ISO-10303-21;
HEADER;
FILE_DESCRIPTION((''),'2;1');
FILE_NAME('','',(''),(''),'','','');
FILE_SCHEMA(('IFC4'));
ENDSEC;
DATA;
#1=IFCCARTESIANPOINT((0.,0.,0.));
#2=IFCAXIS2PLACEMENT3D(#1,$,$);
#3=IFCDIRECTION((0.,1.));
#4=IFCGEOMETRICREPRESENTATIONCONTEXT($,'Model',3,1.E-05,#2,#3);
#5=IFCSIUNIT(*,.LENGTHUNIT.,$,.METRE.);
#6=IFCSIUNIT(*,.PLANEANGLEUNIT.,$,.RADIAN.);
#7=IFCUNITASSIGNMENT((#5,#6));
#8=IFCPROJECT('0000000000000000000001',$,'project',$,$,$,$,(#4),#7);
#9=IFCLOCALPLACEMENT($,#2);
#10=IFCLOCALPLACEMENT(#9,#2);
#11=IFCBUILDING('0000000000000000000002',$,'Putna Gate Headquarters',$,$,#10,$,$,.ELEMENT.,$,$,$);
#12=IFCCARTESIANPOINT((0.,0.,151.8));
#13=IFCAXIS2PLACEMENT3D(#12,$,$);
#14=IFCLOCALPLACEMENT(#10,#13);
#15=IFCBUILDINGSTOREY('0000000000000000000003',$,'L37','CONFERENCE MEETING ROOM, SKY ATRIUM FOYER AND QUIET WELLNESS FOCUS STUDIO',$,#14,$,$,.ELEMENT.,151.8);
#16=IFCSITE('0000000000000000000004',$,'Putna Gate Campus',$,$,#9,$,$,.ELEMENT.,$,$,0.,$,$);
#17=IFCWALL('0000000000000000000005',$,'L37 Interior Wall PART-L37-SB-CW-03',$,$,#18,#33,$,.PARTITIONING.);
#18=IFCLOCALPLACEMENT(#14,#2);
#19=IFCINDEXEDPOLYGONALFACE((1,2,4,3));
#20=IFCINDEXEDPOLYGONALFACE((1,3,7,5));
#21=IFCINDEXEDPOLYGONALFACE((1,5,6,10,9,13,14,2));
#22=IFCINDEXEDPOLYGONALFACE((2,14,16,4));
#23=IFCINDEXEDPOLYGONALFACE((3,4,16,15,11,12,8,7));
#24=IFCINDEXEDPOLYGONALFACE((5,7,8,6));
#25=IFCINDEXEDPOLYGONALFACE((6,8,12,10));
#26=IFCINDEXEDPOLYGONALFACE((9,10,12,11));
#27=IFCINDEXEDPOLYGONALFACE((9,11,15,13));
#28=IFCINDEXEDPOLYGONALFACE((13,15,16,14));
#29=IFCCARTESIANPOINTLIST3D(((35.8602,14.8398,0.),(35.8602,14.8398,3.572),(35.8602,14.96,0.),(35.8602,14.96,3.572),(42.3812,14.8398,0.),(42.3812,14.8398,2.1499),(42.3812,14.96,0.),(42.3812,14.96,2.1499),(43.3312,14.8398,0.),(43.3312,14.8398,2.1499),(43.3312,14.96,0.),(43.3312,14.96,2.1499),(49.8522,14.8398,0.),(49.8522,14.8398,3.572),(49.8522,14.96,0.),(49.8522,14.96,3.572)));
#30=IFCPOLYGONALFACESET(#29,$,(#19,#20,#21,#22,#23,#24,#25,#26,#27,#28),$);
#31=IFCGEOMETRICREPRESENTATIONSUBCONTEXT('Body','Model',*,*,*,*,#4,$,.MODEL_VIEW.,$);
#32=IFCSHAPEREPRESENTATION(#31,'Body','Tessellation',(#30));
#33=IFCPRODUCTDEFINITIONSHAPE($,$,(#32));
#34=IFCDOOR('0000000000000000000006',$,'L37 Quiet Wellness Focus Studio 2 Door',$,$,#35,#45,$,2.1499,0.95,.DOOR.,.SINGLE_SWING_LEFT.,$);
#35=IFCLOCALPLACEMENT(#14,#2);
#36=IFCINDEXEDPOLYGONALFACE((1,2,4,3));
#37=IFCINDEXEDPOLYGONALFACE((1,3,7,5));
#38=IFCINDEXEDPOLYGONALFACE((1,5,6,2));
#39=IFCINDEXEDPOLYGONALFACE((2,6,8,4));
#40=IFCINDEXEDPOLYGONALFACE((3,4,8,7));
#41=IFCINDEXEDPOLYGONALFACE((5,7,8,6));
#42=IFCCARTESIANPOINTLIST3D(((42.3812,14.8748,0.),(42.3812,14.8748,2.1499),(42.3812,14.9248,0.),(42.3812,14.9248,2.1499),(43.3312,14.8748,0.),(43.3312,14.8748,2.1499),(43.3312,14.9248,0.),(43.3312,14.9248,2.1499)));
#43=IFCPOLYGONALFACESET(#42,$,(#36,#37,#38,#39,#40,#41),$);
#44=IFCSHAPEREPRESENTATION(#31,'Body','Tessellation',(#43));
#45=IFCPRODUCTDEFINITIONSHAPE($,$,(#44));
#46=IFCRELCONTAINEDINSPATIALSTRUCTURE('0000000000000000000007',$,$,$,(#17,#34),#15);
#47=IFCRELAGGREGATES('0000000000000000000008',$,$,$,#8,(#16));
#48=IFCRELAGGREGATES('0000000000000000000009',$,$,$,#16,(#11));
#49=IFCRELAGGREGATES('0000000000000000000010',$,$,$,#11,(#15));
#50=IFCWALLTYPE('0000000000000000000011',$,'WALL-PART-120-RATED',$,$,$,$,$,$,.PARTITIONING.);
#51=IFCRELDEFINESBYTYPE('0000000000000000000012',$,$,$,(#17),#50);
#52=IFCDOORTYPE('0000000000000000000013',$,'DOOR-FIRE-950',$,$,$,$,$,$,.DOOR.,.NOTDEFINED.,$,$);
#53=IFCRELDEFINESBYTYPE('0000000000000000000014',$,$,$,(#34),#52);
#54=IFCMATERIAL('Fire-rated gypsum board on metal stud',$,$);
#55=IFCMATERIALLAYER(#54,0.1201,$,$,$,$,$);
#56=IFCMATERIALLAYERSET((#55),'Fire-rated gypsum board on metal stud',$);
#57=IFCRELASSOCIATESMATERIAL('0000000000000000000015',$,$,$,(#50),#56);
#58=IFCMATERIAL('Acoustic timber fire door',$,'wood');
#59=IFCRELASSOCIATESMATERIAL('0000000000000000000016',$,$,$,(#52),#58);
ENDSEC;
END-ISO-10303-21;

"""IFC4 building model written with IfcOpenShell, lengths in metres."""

from ifc_helpers import new_model, si_unit, direction, frame, frame_2d, origin, place, context, subcontext, project, spatial, rectangle, extrude, material, layer, layer_set, type_object, element, fill, save


model = new_model("IFC4")

# Units and contexts
model_context = context("Model", 3, precision=1e-05, world=origin(), true_north=direction((0.0, 1.0)))
body_context = subcontext(model_context, "Body", "Model", "MODEL_VIEW")
ifc_project = project(units=[si_unit("LENGTHUNIT", "METRE"), si_unit("PLANEANGLEUNIT", "RADIAN")], contexts=[model_context])

# Site, building, storey
site_placement = place(None, origin())
site = spatial("IfcSite", under=ifc_project, at=site_placement, Name="Putna Gate Campus", CompositionType="ELEMENT", RefElevation=0.0)
building_placement = place(site_placement, origin())
building = spatial("IfcBuilding", under=site, at=building_placement, Name="Putna Gate Headquarters", CompositionType="ELEMENT")
storey_placement = place(building_placement, frame((0.0, 0.0, 151.8)))
storey = spatial("IfcBuildingStorey", under=building, at=storey_placement, Name="L37", Description="CONFERENCE MEETING ROOM, SKY ATRIUM FOYER AND QUIET WELLNESS FOCUS STUDIO", CompositionType="ELEMENT", Elevation=151.8)

# Wall, opening, door
ifc_material_1 = material(Name="Fire-rated gypsum board on metal stud")
ifc_layer_1 = layer(ifc_material_1, 0.1201)
ifc_layer_set_1 = layer_set([ifc_layer_1], Name="Fire-rated gypsum board on metal stud")
wall_type_1 = type_object("IfcWallType", Name="WALL-PART-120-RATED", PredefinedType="PARTITIONING", material=ifc_layer_set_1)
wall_1_placement = place(storey_placement, frame((35.8601, 14.8999, 0.0), z_axis=(0.0, 0.0, 1.0), x_axis=(1.0, 0.0, 0.0)))
wall_1 = element("IfcWall", 1, at=wall_1_placement, inside=storey, type_object=wall_type_1, Name="L37 Interior Wall PART-L37-SB-CW-03", PredefinedType="PARTITIONING", context=body_context, shape_type="SweptSolid", body=[
    extrude(rectangle(XDim=13.9919, YDim=0.1201, at=frame_2d((6.9961, 0.0))), origin(), (0.0, 0.0, 1.0), 3.572),
])
opening_placement = place(wall_1_placement, frame((6.521, 0.0, 0.0)))
opening = element("IfcOpeningElement", 2, at=opening_placement, cuts=wall_1, PredefinedType="OPENING", context=body_context, shape_type="SweptSolid", body=[
    extrude(rectangle(XDim=0.95, YDim=2.1499, at=frame_2d((0.4751, 1.075))), frame((0.0, 0.0701, 0.0), z_axis=(0.0, -1.0, 0.0), x_axis=(1.0, 0.0, 0.0)), (0.0, 0.0, 1.0), 0.1401),
])
ifc_material_2 = material(Name="Acoustic timber fire door", Category="wood")
door_type = type_object("IfcDoorType", Name="DOOR-FIRE-950", OperationType="NOTDEFINED", PredefinedType="DOOR", material=ifc_material_2)
door_placement = place(opening_placement, origin())
door = element("IfcDoor", 3, at=door_placement, inside=storey, type_object=door_type, Name="L37 Quiet Wellness Focus Studio 2 Door", OperationType="SINGLE_SWING_LEFT", OverallHeight=2.1499, OverallWidth=0.95, PredefinedType="DOOR", context=body_context, shape_type="SweptSolid", body=[
    extrude(rectangle(XDim=0.95, YDim=2.1499, at=frame_2d((0.4751, 1.075))), frame((0.0, 0.0249, 0.0), z_axis=(0.0, -1.0, 0.0), x_axis=(1.0, 0.0, 0.0)), (0.0, 0.0, 1.0), 0.05),
])
fill(opening, door)

save(model, "model.ifc")
